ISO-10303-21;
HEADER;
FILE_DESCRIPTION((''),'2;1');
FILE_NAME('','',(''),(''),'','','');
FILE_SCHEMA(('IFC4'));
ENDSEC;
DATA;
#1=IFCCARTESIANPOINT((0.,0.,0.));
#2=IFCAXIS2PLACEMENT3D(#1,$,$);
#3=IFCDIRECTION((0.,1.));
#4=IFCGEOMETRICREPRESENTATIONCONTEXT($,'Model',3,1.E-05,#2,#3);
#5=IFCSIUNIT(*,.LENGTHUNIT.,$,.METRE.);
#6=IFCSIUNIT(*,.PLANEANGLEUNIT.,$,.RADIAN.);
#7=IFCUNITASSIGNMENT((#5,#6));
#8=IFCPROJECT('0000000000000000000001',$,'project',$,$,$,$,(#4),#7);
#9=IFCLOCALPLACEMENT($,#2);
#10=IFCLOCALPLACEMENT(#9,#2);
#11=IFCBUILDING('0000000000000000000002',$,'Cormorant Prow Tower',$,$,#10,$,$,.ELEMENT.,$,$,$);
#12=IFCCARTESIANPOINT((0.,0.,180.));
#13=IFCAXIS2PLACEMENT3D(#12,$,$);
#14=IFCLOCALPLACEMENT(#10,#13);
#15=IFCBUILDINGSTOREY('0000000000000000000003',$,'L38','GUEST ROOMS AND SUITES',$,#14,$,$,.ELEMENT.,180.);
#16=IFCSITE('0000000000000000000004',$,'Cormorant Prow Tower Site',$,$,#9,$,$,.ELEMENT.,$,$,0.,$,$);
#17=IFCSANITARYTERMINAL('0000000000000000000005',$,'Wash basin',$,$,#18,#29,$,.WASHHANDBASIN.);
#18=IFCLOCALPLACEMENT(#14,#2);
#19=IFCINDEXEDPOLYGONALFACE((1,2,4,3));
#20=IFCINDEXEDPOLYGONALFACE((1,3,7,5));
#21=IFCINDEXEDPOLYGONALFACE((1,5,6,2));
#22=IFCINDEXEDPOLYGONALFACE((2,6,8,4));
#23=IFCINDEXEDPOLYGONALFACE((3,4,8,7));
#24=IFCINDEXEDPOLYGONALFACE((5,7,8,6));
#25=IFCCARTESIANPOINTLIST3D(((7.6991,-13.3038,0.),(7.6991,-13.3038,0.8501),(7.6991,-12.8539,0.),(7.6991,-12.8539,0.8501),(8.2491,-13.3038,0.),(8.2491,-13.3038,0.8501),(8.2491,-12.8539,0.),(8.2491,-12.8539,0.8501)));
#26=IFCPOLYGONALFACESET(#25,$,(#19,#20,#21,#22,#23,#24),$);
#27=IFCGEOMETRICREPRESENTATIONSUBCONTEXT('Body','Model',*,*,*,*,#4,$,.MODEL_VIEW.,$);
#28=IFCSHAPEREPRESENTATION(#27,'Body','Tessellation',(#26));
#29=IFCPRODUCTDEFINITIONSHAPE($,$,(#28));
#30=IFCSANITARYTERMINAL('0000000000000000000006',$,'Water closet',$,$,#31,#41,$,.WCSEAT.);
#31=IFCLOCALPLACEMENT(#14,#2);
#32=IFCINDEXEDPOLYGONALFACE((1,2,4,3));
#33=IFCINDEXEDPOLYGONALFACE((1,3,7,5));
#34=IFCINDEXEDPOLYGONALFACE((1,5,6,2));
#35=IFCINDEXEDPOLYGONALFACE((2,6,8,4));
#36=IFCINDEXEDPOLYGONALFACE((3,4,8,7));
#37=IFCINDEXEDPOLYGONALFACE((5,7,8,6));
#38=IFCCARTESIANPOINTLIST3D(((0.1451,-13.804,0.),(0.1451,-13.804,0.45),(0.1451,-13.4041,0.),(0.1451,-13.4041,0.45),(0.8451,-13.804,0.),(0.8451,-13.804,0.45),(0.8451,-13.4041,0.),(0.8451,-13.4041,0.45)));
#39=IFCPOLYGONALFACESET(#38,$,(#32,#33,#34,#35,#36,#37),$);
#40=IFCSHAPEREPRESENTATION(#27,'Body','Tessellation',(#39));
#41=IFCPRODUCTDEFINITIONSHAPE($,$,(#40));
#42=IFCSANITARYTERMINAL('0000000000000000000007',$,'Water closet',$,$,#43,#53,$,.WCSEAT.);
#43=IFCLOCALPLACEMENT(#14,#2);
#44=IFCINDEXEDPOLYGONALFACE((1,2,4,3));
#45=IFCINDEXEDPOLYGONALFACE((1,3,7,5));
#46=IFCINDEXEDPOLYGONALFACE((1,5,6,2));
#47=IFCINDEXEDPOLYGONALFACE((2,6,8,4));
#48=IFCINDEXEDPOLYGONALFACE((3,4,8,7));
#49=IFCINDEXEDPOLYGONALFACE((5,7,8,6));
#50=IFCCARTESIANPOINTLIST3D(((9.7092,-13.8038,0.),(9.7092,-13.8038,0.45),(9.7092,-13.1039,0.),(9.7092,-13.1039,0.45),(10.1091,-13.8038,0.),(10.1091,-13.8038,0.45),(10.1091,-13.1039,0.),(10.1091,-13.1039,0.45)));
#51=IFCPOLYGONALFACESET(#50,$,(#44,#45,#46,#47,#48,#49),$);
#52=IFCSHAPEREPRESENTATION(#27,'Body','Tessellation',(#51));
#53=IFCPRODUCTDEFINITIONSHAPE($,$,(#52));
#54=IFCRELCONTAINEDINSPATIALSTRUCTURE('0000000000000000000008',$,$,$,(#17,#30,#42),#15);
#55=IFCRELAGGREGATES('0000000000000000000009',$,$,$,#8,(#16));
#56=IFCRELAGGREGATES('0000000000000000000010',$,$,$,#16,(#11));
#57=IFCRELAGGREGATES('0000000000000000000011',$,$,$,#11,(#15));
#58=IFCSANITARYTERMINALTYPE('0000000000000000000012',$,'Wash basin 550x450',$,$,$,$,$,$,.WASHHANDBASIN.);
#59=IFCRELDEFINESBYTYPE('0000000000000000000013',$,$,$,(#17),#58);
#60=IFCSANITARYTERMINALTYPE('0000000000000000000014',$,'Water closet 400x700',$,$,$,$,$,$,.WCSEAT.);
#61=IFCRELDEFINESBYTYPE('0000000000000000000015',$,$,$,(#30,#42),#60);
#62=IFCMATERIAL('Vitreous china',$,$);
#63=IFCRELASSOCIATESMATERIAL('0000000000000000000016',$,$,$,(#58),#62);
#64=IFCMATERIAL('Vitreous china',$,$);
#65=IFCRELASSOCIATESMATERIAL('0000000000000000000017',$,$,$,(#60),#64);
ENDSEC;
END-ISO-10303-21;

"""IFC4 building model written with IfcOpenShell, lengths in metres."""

from ifc_helpers import new_model, si_unit, direction, frame, origin, origin_2d, place, context, subcontext, project, spatial, rectangle, extrude, material, type_object, element, save


model = new_model("IFC4")

# Units and contexts
model_context = context("Model", 3, precision=1e-05, world=origin(), true_north=direction((0.0, 1.0)))
body_context = subcontext(model_context, "Body", "Model", "MODEL_VIEW")
ifc_project = project(units=[si_unit("LENGTHUNIT", "METRE"), si_unit("PLANEANGLEUNIT", "RADIAN")], contexts=[model_context])

# Site, building, storey
site_placement = place(None, origin())
site = spatial("IfcSite", under=ifc_project, at=site_placement, Name="Cormorant Prow Tower Site", CompositionType="ELEMENT", RefElevation=0.0)
building_placement = place(site_placement, origin())
building = spatial("IfcBuilding", under=site, at=building_placement, Name="Cormorant Prow Tower", CompositionType="ELEMENT")
storey_placement = place(building_placement, frame((0.0, 0.0, 180.0)))
storey = spatial("IfcBuildingStorey", under=building, at=storey_placement, Name="L38", Description="GUEST ROOMS AND SUITES", CompositionType="ELEMENT", Elevation=180.0)

# Sanitary terminals
ifc_material_1 = material(Name="Vitreous china")
sanitary_terminal_type_1 = type_object("IfcSanitaryTerminalType", Name="Wash basin 550x450", PredefinedType="WASHHANDBASIN", material=ifc_material_1)
for number, where, z_axis, x_axis, name in (
    (1, (7.9741, -13.0789, 0.0), (0.0, 0.0, 1.0), (1.0, 0.0, 0.0), "Wash basin"),
):
    element("IfcSanitaryTerminal", number, at=place(storey_placement, frame(where, z_axis=z_axis, x_axis=x_axis)), inside=storey, type_object=sanitary_terminal_type_1, Name=name, PredefinedType="WASHHANDBASIN", context=body_context, shape_type="SweptSolid", body=[
        extrude(rectangle(XDim=0.55, YDim=0.45, at=origin_2d()), origin(), (0.0, 0.0, 1.0), 0.8501),
    ])
ifc_material_2 = material(Name="Vitreous china")
sanitary_terminal_type_2 = type_object("IfcSanitaryTerminalType", Name="Water closet 400x700", PredefinedType="WCSEAT", material=ifc_material_2)
for number, where, z_axis, x_axis, name in (
    (2, (0.4951, -13.604, 0.0), (0.0, 0.0, 1.0), (0.0, 1.0, 0.0), "Water closet"),
    (3, (9.9092, -13.4539, 0.0), (0.0, 0.0, 1.0), (-1.0, 0.0, 0.0), "Water closet"),
):
    element("IfcSanitaryTerminal", number, at=place(storey_placement, frame(where, z_axis=z_axis, x_axis=x_axis)), inside=storey, type_object=sanitary_terminal_type_2, Name=name, PredefinedType="WCSEAT", context=body_context, shape_type="SweptSolid", body=[
        extrude(rectangle(XDim=0.3999, YDim=0.7, at=origin_2d()), origin(), (0.0, 0.0, 1.0), 0.45),
    ])

save(model, "model.ifc")
